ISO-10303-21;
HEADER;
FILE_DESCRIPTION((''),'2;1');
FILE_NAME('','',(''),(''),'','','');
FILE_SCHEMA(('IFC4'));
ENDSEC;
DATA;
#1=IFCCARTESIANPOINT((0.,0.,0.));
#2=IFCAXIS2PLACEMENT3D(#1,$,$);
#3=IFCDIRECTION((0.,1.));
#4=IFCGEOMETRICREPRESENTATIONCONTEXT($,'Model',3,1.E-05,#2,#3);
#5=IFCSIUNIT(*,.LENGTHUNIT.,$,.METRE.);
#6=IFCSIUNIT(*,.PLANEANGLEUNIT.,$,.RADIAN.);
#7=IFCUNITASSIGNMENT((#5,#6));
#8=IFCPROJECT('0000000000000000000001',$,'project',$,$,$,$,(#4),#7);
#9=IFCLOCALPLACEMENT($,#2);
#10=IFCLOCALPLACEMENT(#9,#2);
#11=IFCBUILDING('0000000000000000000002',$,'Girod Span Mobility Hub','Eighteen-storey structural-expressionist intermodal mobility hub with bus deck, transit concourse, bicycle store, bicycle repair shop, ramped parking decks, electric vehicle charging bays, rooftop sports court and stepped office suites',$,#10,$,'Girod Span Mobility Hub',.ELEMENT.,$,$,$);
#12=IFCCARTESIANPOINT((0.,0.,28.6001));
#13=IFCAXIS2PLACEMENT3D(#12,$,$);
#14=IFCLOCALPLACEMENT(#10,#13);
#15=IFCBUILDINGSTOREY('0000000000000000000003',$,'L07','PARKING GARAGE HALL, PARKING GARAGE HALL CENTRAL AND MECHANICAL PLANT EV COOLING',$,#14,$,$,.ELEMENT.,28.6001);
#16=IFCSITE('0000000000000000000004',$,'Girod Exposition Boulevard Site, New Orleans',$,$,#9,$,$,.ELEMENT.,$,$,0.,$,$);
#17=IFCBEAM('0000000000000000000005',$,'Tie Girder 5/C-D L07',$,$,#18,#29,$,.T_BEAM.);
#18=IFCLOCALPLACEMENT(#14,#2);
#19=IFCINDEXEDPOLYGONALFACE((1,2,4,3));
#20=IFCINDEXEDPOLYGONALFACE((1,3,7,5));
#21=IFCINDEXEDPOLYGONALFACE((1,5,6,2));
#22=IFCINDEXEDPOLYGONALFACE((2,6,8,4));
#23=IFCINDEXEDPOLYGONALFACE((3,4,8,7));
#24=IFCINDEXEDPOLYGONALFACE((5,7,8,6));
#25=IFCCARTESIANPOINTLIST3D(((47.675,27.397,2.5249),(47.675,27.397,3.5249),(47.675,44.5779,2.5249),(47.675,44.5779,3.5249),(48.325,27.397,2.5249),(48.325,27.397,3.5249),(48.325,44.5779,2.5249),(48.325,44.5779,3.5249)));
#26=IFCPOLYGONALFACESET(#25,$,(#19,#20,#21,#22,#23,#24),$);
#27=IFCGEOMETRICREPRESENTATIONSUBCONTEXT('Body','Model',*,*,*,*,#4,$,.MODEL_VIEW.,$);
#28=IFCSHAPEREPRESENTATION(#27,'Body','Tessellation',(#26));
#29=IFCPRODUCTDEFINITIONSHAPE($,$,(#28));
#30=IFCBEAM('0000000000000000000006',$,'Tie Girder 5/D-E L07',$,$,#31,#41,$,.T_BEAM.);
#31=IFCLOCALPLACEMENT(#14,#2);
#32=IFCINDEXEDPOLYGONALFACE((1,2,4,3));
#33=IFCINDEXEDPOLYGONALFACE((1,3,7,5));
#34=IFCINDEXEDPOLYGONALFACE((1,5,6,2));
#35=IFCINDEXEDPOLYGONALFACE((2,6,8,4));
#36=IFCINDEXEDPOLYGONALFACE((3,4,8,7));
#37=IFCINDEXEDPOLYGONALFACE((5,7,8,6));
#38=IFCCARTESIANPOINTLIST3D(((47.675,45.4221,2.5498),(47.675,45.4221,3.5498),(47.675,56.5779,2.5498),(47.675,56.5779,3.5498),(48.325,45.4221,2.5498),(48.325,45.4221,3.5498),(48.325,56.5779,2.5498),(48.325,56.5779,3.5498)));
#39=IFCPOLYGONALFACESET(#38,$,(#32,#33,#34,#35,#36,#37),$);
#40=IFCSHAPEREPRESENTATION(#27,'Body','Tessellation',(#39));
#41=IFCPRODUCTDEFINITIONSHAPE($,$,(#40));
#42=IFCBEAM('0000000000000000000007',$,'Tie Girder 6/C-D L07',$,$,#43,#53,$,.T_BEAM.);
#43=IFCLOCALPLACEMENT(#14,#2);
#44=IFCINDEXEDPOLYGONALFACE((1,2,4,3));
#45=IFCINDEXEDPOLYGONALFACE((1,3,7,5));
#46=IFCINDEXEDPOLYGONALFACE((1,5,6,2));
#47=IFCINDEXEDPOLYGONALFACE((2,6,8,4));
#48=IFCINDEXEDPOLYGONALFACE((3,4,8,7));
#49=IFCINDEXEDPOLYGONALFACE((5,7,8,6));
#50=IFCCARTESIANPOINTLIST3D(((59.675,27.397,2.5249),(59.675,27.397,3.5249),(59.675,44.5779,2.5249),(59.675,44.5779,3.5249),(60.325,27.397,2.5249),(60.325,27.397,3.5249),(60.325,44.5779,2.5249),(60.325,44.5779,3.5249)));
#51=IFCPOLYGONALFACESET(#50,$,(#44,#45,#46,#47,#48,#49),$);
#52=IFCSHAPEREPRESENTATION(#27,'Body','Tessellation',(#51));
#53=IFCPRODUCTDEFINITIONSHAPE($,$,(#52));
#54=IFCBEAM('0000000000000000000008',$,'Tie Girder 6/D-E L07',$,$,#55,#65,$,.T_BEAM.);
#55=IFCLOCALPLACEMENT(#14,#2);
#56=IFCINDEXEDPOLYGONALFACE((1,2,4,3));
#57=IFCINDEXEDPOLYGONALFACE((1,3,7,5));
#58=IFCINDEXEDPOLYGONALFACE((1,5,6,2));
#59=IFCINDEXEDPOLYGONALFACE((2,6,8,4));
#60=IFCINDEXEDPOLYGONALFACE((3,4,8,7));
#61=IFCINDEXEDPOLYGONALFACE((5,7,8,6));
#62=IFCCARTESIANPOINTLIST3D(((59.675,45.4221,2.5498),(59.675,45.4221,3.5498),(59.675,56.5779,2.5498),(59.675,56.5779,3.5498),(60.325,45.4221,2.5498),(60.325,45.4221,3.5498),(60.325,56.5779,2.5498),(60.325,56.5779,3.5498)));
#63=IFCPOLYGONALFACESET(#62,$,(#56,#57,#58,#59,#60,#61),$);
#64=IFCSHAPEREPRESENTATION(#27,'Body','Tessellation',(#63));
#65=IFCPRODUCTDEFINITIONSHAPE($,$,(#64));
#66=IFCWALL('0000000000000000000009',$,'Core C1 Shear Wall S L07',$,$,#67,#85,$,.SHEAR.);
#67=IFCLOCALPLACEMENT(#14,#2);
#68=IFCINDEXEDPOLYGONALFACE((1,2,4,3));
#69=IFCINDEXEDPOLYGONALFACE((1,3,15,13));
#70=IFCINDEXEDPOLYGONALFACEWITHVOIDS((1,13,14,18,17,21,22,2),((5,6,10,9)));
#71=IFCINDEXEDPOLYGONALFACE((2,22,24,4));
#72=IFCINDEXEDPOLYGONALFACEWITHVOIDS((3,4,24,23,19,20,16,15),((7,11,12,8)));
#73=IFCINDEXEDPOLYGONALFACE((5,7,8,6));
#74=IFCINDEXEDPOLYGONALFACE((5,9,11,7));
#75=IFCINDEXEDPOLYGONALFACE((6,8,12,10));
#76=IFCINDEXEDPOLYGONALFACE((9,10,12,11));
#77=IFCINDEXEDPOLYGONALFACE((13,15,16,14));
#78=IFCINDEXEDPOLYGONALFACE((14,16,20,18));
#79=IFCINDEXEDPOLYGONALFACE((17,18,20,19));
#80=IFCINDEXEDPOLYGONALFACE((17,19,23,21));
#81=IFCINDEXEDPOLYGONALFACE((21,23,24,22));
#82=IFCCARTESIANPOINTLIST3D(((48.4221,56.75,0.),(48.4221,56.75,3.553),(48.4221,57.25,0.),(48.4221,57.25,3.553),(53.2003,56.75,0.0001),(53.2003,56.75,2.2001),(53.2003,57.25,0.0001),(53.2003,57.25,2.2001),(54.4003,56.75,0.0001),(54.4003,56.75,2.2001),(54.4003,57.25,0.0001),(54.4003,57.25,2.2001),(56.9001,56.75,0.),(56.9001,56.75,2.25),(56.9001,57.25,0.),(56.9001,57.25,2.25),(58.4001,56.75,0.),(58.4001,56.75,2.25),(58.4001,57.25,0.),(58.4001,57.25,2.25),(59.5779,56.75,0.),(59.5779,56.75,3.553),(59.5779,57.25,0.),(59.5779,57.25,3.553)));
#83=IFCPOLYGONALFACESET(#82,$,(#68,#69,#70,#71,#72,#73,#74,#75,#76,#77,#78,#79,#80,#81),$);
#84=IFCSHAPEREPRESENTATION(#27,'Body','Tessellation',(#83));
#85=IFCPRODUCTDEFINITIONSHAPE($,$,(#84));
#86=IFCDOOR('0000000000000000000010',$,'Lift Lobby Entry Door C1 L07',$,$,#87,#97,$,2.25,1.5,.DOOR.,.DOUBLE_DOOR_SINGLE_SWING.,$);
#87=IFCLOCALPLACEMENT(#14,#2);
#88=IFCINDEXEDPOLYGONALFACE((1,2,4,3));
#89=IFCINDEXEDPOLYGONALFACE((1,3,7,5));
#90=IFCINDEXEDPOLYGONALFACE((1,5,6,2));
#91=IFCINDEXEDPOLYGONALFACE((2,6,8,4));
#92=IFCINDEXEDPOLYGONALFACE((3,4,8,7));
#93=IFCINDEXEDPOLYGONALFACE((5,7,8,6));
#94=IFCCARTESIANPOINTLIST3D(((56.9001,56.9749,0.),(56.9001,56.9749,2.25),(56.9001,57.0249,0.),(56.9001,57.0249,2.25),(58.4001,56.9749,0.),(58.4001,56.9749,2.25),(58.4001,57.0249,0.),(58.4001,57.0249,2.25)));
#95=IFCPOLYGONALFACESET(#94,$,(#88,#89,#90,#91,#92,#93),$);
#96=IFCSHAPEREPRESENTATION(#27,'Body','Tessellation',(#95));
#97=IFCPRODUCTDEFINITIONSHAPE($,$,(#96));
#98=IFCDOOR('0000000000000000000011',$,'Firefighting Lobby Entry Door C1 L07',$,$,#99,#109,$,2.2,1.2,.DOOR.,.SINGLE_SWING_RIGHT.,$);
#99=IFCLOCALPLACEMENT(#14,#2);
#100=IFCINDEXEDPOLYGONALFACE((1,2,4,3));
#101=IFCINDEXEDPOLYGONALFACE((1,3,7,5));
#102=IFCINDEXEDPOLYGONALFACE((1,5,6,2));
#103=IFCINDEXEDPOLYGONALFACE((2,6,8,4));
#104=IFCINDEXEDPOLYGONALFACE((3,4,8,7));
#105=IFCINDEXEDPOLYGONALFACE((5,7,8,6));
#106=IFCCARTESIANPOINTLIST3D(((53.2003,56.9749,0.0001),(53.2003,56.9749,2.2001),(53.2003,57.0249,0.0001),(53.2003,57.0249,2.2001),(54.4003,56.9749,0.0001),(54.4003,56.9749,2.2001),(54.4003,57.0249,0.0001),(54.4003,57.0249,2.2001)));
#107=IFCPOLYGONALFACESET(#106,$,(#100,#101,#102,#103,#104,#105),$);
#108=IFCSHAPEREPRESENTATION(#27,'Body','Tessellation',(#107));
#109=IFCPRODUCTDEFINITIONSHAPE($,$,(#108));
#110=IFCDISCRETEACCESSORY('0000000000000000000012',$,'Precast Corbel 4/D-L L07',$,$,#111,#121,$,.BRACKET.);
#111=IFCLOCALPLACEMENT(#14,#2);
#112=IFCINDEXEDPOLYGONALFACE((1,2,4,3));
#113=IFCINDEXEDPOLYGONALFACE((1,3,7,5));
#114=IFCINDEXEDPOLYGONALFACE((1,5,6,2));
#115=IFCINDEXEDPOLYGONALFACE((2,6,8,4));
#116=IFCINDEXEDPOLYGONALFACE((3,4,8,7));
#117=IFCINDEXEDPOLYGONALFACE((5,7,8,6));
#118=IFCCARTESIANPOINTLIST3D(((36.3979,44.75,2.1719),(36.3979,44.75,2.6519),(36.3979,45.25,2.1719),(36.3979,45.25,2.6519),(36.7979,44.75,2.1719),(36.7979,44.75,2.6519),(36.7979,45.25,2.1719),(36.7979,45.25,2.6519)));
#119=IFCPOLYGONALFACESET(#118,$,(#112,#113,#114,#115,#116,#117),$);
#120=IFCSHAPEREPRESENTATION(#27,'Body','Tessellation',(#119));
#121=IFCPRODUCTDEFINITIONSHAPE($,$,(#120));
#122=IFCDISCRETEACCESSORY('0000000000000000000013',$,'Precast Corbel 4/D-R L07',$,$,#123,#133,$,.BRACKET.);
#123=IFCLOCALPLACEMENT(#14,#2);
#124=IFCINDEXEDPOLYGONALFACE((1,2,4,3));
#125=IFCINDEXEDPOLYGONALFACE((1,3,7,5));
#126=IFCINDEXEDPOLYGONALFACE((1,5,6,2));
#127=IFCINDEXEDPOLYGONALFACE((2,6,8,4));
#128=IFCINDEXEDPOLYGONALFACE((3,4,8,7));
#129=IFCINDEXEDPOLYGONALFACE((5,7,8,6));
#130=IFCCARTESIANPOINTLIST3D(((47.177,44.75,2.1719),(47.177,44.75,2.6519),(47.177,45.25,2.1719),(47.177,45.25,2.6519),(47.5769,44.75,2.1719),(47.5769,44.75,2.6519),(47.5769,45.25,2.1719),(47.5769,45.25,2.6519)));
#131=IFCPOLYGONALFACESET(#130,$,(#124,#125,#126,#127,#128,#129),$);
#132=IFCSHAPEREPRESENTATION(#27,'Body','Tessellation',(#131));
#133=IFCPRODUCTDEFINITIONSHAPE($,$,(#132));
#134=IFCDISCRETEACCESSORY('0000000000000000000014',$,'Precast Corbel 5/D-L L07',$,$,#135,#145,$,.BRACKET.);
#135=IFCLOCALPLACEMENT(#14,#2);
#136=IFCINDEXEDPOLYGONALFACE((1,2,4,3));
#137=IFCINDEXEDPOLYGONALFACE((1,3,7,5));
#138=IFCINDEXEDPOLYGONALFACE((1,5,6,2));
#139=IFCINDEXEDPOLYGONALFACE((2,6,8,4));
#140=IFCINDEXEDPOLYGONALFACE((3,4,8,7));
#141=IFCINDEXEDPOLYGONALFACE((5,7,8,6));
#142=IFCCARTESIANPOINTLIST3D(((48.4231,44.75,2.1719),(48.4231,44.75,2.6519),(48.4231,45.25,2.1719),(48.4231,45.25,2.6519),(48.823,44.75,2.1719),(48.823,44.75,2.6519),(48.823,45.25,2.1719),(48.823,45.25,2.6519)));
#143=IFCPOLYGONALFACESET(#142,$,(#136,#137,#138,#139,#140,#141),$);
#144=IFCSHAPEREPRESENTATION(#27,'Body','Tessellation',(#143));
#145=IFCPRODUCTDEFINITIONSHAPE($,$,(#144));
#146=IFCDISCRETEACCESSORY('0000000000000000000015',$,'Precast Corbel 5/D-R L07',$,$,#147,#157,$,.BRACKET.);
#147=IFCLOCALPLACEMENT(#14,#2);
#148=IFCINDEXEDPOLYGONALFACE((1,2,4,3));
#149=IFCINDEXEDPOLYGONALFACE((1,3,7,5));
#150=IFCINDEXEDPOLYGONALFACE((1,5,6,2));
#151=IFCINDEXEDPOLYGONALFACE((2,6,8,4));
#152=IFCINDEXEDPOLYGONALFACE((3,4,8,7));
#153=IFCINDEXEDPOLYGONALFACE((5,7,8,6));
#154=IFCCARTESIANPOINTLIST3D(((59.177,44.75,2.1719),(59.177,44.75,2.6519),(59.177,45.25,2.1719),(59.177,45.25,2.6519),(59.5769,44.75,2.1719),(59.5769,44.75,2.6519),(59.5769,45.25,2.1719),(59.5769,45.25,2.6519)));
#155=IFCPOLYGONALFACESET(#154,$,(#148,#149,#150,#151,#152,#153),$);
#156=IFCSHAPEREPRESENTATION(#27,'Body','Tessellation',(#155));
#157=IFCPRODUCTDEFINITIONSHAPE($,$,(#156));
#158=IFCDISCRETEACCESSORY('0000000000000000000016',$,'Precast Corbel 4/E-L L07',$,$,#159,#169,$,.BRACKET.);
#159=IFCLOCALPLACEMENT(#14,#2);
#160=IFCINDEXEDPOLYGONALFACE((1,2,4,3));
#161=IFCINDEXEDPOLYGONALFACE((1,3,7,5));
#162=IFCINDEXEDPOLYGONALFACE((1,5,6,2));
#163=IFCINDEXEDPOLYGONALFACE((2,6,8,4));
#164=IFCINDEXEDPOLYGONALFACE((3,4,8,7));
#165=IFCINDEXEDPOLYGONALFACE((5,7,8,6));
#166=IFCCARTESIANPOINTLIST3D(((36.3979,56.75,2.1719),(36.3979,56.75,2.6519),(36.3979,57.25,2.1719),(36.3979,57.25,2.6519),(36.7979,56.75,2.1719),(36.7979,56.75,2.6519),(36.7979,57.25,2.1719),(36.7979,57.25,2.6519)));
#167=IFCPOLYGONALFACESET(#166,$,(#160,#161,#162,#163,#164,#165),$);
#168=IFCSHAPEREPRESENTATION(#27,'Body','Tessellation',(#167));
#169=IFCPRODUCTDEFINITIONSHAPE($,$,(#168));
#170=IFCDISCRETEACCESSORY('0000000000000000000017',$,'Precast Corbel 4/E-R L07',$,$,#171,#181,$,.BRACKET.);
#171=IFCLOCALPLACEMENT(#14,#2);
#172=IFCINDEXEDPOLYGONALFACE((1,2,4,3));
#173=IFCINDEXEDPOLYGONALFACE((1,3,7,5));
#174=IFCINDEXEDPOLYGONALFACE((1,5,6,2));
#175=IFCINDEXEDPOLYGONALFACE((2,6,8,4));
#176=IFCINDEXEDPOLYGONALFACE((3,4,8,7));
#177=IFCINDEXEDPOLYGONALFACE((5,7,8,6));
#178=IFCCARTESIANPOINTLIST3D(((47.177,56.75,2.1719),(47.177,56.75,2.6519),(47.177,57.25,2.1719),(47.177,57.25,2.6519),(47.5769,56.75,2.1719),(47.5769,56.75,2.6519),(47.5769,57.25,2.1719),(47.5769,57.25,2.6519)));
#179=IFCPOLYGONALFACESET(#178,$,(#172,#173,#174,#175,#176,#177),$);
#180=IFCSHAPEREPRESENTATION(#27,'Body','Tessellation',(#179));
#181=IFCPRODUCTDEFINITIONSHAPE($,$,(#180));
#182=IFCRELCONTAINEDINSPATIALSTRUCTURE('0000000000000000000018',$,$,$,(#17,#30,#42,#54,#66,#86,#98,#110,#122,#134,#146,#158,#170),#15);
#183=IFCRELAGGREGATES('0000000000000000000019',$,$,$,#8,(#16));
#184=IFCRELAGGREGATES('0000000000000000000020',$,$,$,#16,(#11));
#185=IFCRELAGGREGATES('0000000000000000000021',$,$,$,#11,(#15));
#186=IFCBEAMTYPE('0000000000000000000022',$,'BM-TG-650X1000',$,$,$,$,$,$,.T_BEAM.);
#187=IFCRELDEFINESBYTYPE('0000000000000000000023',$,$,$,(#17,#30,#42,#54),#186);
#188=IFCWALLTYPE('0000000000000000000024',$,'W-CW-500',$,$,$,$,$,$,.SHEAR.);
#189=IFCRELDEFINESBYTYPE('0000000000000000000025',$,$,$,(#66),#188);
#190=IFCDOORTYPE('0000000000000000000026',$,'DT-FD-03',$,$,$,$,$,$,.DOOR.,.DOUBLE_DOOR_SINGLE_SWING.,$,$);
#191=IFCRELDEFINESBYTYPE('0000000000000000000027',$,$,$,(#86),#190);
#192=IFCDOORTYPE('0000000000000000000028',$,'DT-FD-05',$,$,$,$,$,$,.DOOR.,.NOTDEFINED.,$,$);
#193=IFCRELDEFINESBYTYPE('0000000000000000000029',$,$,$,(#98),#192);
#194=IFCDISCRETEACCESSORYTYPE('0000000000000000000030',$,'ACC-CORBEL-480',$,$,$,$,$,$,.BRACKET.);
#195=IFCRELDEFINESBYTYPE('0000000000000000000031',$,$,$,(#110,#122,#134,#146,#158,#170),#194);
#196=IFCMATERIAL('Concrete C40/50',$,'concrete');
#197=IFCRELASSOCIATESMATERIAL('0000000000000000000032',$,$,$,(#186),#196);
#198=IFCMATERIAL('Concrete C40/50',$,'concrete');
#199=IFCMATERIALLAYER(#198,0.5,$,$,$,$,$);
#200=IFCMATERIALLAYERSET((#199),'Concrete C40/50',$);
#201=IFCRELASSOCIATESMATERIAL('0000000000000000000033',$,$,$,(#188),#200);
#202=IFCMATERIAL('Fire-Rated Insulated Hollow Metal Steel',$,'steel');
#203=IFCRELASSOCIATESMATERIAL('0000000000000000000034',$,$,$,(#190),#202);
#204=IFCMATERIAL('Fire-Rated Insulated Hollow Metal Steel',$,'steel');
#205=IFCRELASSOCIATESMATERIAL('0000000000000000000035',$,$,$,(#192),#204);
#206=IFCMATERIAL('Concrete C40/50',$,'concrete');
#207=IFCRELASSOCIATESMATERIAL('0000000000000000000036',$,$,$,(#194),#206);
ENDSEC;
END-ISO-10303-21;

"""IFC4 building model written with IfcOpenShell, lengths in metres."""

from ifc_helpers import new_model, si_unit, direction, frame, frame_2d, origin, origin_2d, place, context, subcontext, project, spatial, rectangle, extrude, material, layer, layer_set, material_profile, profile_set, type_object, element, fill, save


model = new_model("IFC4")

# Units and contexts
model_context = context("Model", 3, precision=1e-05, world=origin(), true_north=direction((0.0, 1.0)))
body_context = subcontext(model_context, "Body", "Model", "MODEL_VIEW")
ifc_project = project(units=[si_unit("LENGTHUNIT", "METRE"), si_unit("PLANEANGLEUNIT", "RADIAN")], contexts=[model_context])

# Site, building, storey
site_placement = place(None, origin())
site = spatial("IfcSite", under=ifc_project, at=site_placement, Name="Girod Exposition Boulevard Site, New Orleans", CompositionType="ELEMENT", RefElevation=0.0)
building_placement = place(site_placement, origin())
building = spatial("IfcBuilding", under=site, at=building_placement, Name="Girod Span Mobility Hub", Description="Eighteen-storey structural-expressionist intermodal mobility hub with bus deck, transit concourse, bicycle store, bicycle repair shop, ramped parking decks, electric vehicle charging bays, rooftop sports court and stepped office suites", LongName="Girod Span Mobility Hub", CompositionType="ELEMENT")
storey_placement = place(building_placement, frame((0.0, 0.0, 28.6001)))
storey = spatial("IfcBuildingStorey", under=building, at=storey_placement, Name="L07", Description="PARKING GARAGE HALL, PARKING GARAGE HALL CENTRAL AND MECHANICAL PLANT EV COOLING", CompositionType="ELEMENT", Elevation=28.6001)

# Beams
ifc_material_1 = material(Name="Concrete C40/50", Category="concrete")
ifc_material_profile_1 = material_profile(ifc_material_1, rectangle(XDim=0.6499, YDim=1.0, at=origin_2d()), Name="TG-650X1000")
ifc_profile_set_1 = profile_set([ifc_material_profile_1], Name="Concrete C40/50")
beam_type_1 = type_object("IfcBeamType", Name="BM-TG-650X1000", PredefinedType="T_BEAM", material=ifc_profile_set_1)
beam_1_placement = place(storey_placement, frame((48.0, 27.397, 3.0249), z_axis=(0.0, 1.0, 0.0), x_axis=(-1.0, 0.0, 0.0)))
element("IfcBeam", 1, at=beam_1_placement, inside=storey, type_object=beam_type_1, Name="Tie Girder 5/C-D L07", PredefinedType="T_BEAM", context=body_context, shape_type="SweptSolid", body=[
    extrude(rectangle(XDim=0.6499, YDim=1.0, at=origin_2d()), origin(), (0.0, 0.0, 1.0), 17.1809),
])
beam_2_placement = place(storey_placement, frame((48.0, 45.4221, 3.0498), z_axis=(0.0, 1.0, 0.0), x_axis=(-1.0, 0.0, 0.0)))
element("IfcBeam", 2, at=beam_2_placement, inside=storey, type_object=beam_type_1, Name="Tie Girder 5/D-E L07", PredefinedType="T_BEAM", context=body_context, shape_type="SweptSolid", body=[
    extrude(rectangle(XDim=0.6499, YDim=1.0, at=origin_2d()), origin(), (0.0, 0.0, 1.0), 11.1558),
])
beam_3_placement = place(storey_placement, frame((60.0, 27.397, 3.0249), z_axis=(0.0, 1.0, 0.0), x_axis=(-1.0, 0.0, 0.0)))
element("IfcBeam", 3, at=beam_3_placement, inside=storey, type_object=beam_type_1, Name="Tie Girder 6/C-D L07", PredefinedType="T_BEAM", context=body_context, shape_type="SweptSolid", body=[
    extrude(rectangle(XDim=0.6499, YDim=1.0, at=origin_2d()), origin(), (0.0, 0.0, 1.0), 17.1809),
])
beam_4_placement = place(storey_placement, frame((60.0, 45.4221, 3.0498), z_axis=(0.0, 1.0, 0.0), x_axis=(-1.0, 0.0, 0.0)))
element("IfcBeam", 4, at=beam_4_placement, inside=storey, type_object=beam_type_1, Name="Tie Girder 6/D-E L07", PredefinedType="T_BEAM", context=body_context, shape_type="SweptSolid", body=[
    extrude(rectangle(XDim=0.6499, YDim=1.0, at=origin_2d()), origin(), (0.0, 0.0, 1.0), 11.1558),
])

# Wall, openings, doors
ifc_material_2 = material(Name="Concrete C40/50", Category="concrete")
ifc_layer = layer(ifc_material_2, 0.5)
ifc_layer_set = layer_set([ifc_layer], Name="Concrete C40/50")
wall_type = type_object("IfcWallType", Name="W-CW-500", PredefinedType="SHEAR", material=ifc_layer_set)
wall_placement = place(storey_placement, frame((48.4221, 57.0, 0.0), z_axis=(0.0, 0.0, 1.0), x_axis=(1.0, 0.0, 0.0)))
wall = element("IfcWall", 5, at=wall_placement, inside=storey, type_object=wall_type, Name="Core C1 Shear Wall S L07", PredefinedType="SHEAR", context=body_context, shape_type="SweptSolid", body=[
    extrude(rectangle(XDim=11.1558, YDim=0.5, at=frame_2d((5.5779, 0.0))), origin(), (0.0, 0.0, 1.0), 3.553),
])
opening_1_placement = place(wall_placement, frame((4.7781, 0.0, 0.0)))
opening_1 = element("IfcOpeningElement", 6, at=opening_1_placement, cuts=wall, PredefinedType="OPENING", context=body_context, shape_type="SweptSolid", body=[
    extrude(rectangle(XDim=1.2, YDim=2.2, at=frame_2d((0.6001, 1.1001))), frame((0.0, 0.2649, 0.0), z_axis=(0.0, -1.0, 0.0), x_axis=(1.0, 0.0, 0.0)), (0.0, 0.0, 1.0), 0.53),
])
opening_2_placement = place(wall_placement, frame((8.478, 0.0, 0.0)))
opening_2 = element("IfcOpeningElement", 7, at=opening_2_placement, cuts=wall, PredefinedType="OPENING", context=body_context, shape_type="SweptSolid", body=[
    extrude(rectangle(XDim=1.5, YDim=2.25, at=frame_2d((0.75, 1.125))), frame((0.0, 0.2649, 0.0), z_axis=(0.0, -1.0, 0.0), x_axis=(1.0, 0.0, 0.0)), (0.0, 0.0, 1.0), 0.53),
])
ifc_material_3 = material(Name="Fire-Rated Insulated Hollow Metal Steel", Category="steel")
door_type_1 = type_object("IfcDoorType", Name="DT-FD-03", OperationType="DOUBLE_DOOR_SINGLE_SWING", PredefinedType="DOOR", material=ifc_material_3)
door_1_placement = place(opening_2_placement, origin())
door_1 = element("IfcDoor", 8, at=door_1_placement, inside=storey, type_object=door_type_1, Name="Lift Lobby Entry Door C1 L07", OperationType="DOUBLE_DOOR_SINGLE_SWING", OverallHeight=2.25, OverallWidth=1.5, PredefinedType="DOOR", context=body_context, shape_type="SweptSolid", body=[
    extrude(rectangle(XDim=1.5, YDim=2.25, at=frame_2d((0.75, 1.125))), frame((0.0, 0.0249, 0.0), z_axis=(0.0, -1.0, 0.0), x_axis=(1.0, 0.0, 0.0)), (0.0, 0.0, 1.0), 0.05),
])
fill(opening_2, door_1)
ifc_material_4 = material(Name="Fire-Rated Insulated Hollow Metal Steel", Category="steel")
door_type_2 = type_object("IfcDoorType", Name="DT-FD-05", OperationType="NOTDEFINED", PredefinedType="DOOR", material=ifc_material_4)
door_2_placement = place(opening_1_placement, origin())
door_2 = element("IfcDoor", 9, at=door_2_placement, inside=storey, type_object=door_type_2, Name="Firefighting Lobby Entry Door C1 L07", OperationType="SINGLE_SWING_RIGHT", OverallHeight=2.2, OverallWidth=1.2, PredefinedType="DOOR", context=body_context, shape_type="SweptSolid", body=[
    extrude(rectangle(XDim=1.2, YDim=2.2, at=frame_2d((0.6001, 1.1001))), frame((0.0, 0.0249, 0.0), z_axis=(0.0, -1.0, 0.0), x_axis=(1.0, 0.0, 0.0)), (0.0, 0.0, 1.0), 0.05),
])
fill(opening_1, door_2)

# Discrete accessories
ifc_material_5 = material(Name="Concrete C40/50", Category="concrete")
discrete_accessory_type = type_object("IfcDiscreteAccessoryType", Name="ACC-CORBEL-480", PredefinedType="BRACKET", material=ifc_material_5)
for number, where, z_axis, x_axis, name in (
    (10, (36.5979, 45.0, 2.1719), (0.0, 0.0, 1.0), (1.0, 0.0, 0.0), "Precast Corbel 4/D-L L07"),
    (11, (47.377, 45.0, 2.1719), (0.0, 0.0, 1.0), (1.0, 0.0, 0.0), "Precast Corbel 4/D-R L07"),
    (12, (48.623, 45.0, 2.1719), (0.0, 0.0, 1.0), (1.0, 0.0, 0.0), "Precast Corbel 5/D-L L07"),
    (13, (59.377, 45.0, 2.1719), (0.0, 0.0, 1.0), (1.0, 0.0, 0.0), "Precast Corbel 5/D-R L07"),
    (14, (36.5979, 57.0, 2.1719), (0.0, 0.0, 1.0), (1.0, 0.0, 0.0), "Precast Corbel 4/E-L L07"),
    (15, (47.377, 57.0, 2.1719), (0.0, 0.0, 1.0), (1.0, 0.0, 0.0), "Precast Corbel 4/E-R L07"),
):
    element("IfcDiscreteAccessory", number, at=place(storey_placement, frame(where, z_axis=z_axis, x_axis=x_axis)), inside=storey, type_object=discrete_accessory_type, Name=name, PredefinedType="BRACKET", context=body_context, shape_type="SweptSolid", body=[
        extrude(rectangle(XDim=0.3999, YDim=0.5, at=origin_2d()), origin(), (0.0, 0.0, 1.0), 0.48),
    ])

save(model, "model.ifc")
